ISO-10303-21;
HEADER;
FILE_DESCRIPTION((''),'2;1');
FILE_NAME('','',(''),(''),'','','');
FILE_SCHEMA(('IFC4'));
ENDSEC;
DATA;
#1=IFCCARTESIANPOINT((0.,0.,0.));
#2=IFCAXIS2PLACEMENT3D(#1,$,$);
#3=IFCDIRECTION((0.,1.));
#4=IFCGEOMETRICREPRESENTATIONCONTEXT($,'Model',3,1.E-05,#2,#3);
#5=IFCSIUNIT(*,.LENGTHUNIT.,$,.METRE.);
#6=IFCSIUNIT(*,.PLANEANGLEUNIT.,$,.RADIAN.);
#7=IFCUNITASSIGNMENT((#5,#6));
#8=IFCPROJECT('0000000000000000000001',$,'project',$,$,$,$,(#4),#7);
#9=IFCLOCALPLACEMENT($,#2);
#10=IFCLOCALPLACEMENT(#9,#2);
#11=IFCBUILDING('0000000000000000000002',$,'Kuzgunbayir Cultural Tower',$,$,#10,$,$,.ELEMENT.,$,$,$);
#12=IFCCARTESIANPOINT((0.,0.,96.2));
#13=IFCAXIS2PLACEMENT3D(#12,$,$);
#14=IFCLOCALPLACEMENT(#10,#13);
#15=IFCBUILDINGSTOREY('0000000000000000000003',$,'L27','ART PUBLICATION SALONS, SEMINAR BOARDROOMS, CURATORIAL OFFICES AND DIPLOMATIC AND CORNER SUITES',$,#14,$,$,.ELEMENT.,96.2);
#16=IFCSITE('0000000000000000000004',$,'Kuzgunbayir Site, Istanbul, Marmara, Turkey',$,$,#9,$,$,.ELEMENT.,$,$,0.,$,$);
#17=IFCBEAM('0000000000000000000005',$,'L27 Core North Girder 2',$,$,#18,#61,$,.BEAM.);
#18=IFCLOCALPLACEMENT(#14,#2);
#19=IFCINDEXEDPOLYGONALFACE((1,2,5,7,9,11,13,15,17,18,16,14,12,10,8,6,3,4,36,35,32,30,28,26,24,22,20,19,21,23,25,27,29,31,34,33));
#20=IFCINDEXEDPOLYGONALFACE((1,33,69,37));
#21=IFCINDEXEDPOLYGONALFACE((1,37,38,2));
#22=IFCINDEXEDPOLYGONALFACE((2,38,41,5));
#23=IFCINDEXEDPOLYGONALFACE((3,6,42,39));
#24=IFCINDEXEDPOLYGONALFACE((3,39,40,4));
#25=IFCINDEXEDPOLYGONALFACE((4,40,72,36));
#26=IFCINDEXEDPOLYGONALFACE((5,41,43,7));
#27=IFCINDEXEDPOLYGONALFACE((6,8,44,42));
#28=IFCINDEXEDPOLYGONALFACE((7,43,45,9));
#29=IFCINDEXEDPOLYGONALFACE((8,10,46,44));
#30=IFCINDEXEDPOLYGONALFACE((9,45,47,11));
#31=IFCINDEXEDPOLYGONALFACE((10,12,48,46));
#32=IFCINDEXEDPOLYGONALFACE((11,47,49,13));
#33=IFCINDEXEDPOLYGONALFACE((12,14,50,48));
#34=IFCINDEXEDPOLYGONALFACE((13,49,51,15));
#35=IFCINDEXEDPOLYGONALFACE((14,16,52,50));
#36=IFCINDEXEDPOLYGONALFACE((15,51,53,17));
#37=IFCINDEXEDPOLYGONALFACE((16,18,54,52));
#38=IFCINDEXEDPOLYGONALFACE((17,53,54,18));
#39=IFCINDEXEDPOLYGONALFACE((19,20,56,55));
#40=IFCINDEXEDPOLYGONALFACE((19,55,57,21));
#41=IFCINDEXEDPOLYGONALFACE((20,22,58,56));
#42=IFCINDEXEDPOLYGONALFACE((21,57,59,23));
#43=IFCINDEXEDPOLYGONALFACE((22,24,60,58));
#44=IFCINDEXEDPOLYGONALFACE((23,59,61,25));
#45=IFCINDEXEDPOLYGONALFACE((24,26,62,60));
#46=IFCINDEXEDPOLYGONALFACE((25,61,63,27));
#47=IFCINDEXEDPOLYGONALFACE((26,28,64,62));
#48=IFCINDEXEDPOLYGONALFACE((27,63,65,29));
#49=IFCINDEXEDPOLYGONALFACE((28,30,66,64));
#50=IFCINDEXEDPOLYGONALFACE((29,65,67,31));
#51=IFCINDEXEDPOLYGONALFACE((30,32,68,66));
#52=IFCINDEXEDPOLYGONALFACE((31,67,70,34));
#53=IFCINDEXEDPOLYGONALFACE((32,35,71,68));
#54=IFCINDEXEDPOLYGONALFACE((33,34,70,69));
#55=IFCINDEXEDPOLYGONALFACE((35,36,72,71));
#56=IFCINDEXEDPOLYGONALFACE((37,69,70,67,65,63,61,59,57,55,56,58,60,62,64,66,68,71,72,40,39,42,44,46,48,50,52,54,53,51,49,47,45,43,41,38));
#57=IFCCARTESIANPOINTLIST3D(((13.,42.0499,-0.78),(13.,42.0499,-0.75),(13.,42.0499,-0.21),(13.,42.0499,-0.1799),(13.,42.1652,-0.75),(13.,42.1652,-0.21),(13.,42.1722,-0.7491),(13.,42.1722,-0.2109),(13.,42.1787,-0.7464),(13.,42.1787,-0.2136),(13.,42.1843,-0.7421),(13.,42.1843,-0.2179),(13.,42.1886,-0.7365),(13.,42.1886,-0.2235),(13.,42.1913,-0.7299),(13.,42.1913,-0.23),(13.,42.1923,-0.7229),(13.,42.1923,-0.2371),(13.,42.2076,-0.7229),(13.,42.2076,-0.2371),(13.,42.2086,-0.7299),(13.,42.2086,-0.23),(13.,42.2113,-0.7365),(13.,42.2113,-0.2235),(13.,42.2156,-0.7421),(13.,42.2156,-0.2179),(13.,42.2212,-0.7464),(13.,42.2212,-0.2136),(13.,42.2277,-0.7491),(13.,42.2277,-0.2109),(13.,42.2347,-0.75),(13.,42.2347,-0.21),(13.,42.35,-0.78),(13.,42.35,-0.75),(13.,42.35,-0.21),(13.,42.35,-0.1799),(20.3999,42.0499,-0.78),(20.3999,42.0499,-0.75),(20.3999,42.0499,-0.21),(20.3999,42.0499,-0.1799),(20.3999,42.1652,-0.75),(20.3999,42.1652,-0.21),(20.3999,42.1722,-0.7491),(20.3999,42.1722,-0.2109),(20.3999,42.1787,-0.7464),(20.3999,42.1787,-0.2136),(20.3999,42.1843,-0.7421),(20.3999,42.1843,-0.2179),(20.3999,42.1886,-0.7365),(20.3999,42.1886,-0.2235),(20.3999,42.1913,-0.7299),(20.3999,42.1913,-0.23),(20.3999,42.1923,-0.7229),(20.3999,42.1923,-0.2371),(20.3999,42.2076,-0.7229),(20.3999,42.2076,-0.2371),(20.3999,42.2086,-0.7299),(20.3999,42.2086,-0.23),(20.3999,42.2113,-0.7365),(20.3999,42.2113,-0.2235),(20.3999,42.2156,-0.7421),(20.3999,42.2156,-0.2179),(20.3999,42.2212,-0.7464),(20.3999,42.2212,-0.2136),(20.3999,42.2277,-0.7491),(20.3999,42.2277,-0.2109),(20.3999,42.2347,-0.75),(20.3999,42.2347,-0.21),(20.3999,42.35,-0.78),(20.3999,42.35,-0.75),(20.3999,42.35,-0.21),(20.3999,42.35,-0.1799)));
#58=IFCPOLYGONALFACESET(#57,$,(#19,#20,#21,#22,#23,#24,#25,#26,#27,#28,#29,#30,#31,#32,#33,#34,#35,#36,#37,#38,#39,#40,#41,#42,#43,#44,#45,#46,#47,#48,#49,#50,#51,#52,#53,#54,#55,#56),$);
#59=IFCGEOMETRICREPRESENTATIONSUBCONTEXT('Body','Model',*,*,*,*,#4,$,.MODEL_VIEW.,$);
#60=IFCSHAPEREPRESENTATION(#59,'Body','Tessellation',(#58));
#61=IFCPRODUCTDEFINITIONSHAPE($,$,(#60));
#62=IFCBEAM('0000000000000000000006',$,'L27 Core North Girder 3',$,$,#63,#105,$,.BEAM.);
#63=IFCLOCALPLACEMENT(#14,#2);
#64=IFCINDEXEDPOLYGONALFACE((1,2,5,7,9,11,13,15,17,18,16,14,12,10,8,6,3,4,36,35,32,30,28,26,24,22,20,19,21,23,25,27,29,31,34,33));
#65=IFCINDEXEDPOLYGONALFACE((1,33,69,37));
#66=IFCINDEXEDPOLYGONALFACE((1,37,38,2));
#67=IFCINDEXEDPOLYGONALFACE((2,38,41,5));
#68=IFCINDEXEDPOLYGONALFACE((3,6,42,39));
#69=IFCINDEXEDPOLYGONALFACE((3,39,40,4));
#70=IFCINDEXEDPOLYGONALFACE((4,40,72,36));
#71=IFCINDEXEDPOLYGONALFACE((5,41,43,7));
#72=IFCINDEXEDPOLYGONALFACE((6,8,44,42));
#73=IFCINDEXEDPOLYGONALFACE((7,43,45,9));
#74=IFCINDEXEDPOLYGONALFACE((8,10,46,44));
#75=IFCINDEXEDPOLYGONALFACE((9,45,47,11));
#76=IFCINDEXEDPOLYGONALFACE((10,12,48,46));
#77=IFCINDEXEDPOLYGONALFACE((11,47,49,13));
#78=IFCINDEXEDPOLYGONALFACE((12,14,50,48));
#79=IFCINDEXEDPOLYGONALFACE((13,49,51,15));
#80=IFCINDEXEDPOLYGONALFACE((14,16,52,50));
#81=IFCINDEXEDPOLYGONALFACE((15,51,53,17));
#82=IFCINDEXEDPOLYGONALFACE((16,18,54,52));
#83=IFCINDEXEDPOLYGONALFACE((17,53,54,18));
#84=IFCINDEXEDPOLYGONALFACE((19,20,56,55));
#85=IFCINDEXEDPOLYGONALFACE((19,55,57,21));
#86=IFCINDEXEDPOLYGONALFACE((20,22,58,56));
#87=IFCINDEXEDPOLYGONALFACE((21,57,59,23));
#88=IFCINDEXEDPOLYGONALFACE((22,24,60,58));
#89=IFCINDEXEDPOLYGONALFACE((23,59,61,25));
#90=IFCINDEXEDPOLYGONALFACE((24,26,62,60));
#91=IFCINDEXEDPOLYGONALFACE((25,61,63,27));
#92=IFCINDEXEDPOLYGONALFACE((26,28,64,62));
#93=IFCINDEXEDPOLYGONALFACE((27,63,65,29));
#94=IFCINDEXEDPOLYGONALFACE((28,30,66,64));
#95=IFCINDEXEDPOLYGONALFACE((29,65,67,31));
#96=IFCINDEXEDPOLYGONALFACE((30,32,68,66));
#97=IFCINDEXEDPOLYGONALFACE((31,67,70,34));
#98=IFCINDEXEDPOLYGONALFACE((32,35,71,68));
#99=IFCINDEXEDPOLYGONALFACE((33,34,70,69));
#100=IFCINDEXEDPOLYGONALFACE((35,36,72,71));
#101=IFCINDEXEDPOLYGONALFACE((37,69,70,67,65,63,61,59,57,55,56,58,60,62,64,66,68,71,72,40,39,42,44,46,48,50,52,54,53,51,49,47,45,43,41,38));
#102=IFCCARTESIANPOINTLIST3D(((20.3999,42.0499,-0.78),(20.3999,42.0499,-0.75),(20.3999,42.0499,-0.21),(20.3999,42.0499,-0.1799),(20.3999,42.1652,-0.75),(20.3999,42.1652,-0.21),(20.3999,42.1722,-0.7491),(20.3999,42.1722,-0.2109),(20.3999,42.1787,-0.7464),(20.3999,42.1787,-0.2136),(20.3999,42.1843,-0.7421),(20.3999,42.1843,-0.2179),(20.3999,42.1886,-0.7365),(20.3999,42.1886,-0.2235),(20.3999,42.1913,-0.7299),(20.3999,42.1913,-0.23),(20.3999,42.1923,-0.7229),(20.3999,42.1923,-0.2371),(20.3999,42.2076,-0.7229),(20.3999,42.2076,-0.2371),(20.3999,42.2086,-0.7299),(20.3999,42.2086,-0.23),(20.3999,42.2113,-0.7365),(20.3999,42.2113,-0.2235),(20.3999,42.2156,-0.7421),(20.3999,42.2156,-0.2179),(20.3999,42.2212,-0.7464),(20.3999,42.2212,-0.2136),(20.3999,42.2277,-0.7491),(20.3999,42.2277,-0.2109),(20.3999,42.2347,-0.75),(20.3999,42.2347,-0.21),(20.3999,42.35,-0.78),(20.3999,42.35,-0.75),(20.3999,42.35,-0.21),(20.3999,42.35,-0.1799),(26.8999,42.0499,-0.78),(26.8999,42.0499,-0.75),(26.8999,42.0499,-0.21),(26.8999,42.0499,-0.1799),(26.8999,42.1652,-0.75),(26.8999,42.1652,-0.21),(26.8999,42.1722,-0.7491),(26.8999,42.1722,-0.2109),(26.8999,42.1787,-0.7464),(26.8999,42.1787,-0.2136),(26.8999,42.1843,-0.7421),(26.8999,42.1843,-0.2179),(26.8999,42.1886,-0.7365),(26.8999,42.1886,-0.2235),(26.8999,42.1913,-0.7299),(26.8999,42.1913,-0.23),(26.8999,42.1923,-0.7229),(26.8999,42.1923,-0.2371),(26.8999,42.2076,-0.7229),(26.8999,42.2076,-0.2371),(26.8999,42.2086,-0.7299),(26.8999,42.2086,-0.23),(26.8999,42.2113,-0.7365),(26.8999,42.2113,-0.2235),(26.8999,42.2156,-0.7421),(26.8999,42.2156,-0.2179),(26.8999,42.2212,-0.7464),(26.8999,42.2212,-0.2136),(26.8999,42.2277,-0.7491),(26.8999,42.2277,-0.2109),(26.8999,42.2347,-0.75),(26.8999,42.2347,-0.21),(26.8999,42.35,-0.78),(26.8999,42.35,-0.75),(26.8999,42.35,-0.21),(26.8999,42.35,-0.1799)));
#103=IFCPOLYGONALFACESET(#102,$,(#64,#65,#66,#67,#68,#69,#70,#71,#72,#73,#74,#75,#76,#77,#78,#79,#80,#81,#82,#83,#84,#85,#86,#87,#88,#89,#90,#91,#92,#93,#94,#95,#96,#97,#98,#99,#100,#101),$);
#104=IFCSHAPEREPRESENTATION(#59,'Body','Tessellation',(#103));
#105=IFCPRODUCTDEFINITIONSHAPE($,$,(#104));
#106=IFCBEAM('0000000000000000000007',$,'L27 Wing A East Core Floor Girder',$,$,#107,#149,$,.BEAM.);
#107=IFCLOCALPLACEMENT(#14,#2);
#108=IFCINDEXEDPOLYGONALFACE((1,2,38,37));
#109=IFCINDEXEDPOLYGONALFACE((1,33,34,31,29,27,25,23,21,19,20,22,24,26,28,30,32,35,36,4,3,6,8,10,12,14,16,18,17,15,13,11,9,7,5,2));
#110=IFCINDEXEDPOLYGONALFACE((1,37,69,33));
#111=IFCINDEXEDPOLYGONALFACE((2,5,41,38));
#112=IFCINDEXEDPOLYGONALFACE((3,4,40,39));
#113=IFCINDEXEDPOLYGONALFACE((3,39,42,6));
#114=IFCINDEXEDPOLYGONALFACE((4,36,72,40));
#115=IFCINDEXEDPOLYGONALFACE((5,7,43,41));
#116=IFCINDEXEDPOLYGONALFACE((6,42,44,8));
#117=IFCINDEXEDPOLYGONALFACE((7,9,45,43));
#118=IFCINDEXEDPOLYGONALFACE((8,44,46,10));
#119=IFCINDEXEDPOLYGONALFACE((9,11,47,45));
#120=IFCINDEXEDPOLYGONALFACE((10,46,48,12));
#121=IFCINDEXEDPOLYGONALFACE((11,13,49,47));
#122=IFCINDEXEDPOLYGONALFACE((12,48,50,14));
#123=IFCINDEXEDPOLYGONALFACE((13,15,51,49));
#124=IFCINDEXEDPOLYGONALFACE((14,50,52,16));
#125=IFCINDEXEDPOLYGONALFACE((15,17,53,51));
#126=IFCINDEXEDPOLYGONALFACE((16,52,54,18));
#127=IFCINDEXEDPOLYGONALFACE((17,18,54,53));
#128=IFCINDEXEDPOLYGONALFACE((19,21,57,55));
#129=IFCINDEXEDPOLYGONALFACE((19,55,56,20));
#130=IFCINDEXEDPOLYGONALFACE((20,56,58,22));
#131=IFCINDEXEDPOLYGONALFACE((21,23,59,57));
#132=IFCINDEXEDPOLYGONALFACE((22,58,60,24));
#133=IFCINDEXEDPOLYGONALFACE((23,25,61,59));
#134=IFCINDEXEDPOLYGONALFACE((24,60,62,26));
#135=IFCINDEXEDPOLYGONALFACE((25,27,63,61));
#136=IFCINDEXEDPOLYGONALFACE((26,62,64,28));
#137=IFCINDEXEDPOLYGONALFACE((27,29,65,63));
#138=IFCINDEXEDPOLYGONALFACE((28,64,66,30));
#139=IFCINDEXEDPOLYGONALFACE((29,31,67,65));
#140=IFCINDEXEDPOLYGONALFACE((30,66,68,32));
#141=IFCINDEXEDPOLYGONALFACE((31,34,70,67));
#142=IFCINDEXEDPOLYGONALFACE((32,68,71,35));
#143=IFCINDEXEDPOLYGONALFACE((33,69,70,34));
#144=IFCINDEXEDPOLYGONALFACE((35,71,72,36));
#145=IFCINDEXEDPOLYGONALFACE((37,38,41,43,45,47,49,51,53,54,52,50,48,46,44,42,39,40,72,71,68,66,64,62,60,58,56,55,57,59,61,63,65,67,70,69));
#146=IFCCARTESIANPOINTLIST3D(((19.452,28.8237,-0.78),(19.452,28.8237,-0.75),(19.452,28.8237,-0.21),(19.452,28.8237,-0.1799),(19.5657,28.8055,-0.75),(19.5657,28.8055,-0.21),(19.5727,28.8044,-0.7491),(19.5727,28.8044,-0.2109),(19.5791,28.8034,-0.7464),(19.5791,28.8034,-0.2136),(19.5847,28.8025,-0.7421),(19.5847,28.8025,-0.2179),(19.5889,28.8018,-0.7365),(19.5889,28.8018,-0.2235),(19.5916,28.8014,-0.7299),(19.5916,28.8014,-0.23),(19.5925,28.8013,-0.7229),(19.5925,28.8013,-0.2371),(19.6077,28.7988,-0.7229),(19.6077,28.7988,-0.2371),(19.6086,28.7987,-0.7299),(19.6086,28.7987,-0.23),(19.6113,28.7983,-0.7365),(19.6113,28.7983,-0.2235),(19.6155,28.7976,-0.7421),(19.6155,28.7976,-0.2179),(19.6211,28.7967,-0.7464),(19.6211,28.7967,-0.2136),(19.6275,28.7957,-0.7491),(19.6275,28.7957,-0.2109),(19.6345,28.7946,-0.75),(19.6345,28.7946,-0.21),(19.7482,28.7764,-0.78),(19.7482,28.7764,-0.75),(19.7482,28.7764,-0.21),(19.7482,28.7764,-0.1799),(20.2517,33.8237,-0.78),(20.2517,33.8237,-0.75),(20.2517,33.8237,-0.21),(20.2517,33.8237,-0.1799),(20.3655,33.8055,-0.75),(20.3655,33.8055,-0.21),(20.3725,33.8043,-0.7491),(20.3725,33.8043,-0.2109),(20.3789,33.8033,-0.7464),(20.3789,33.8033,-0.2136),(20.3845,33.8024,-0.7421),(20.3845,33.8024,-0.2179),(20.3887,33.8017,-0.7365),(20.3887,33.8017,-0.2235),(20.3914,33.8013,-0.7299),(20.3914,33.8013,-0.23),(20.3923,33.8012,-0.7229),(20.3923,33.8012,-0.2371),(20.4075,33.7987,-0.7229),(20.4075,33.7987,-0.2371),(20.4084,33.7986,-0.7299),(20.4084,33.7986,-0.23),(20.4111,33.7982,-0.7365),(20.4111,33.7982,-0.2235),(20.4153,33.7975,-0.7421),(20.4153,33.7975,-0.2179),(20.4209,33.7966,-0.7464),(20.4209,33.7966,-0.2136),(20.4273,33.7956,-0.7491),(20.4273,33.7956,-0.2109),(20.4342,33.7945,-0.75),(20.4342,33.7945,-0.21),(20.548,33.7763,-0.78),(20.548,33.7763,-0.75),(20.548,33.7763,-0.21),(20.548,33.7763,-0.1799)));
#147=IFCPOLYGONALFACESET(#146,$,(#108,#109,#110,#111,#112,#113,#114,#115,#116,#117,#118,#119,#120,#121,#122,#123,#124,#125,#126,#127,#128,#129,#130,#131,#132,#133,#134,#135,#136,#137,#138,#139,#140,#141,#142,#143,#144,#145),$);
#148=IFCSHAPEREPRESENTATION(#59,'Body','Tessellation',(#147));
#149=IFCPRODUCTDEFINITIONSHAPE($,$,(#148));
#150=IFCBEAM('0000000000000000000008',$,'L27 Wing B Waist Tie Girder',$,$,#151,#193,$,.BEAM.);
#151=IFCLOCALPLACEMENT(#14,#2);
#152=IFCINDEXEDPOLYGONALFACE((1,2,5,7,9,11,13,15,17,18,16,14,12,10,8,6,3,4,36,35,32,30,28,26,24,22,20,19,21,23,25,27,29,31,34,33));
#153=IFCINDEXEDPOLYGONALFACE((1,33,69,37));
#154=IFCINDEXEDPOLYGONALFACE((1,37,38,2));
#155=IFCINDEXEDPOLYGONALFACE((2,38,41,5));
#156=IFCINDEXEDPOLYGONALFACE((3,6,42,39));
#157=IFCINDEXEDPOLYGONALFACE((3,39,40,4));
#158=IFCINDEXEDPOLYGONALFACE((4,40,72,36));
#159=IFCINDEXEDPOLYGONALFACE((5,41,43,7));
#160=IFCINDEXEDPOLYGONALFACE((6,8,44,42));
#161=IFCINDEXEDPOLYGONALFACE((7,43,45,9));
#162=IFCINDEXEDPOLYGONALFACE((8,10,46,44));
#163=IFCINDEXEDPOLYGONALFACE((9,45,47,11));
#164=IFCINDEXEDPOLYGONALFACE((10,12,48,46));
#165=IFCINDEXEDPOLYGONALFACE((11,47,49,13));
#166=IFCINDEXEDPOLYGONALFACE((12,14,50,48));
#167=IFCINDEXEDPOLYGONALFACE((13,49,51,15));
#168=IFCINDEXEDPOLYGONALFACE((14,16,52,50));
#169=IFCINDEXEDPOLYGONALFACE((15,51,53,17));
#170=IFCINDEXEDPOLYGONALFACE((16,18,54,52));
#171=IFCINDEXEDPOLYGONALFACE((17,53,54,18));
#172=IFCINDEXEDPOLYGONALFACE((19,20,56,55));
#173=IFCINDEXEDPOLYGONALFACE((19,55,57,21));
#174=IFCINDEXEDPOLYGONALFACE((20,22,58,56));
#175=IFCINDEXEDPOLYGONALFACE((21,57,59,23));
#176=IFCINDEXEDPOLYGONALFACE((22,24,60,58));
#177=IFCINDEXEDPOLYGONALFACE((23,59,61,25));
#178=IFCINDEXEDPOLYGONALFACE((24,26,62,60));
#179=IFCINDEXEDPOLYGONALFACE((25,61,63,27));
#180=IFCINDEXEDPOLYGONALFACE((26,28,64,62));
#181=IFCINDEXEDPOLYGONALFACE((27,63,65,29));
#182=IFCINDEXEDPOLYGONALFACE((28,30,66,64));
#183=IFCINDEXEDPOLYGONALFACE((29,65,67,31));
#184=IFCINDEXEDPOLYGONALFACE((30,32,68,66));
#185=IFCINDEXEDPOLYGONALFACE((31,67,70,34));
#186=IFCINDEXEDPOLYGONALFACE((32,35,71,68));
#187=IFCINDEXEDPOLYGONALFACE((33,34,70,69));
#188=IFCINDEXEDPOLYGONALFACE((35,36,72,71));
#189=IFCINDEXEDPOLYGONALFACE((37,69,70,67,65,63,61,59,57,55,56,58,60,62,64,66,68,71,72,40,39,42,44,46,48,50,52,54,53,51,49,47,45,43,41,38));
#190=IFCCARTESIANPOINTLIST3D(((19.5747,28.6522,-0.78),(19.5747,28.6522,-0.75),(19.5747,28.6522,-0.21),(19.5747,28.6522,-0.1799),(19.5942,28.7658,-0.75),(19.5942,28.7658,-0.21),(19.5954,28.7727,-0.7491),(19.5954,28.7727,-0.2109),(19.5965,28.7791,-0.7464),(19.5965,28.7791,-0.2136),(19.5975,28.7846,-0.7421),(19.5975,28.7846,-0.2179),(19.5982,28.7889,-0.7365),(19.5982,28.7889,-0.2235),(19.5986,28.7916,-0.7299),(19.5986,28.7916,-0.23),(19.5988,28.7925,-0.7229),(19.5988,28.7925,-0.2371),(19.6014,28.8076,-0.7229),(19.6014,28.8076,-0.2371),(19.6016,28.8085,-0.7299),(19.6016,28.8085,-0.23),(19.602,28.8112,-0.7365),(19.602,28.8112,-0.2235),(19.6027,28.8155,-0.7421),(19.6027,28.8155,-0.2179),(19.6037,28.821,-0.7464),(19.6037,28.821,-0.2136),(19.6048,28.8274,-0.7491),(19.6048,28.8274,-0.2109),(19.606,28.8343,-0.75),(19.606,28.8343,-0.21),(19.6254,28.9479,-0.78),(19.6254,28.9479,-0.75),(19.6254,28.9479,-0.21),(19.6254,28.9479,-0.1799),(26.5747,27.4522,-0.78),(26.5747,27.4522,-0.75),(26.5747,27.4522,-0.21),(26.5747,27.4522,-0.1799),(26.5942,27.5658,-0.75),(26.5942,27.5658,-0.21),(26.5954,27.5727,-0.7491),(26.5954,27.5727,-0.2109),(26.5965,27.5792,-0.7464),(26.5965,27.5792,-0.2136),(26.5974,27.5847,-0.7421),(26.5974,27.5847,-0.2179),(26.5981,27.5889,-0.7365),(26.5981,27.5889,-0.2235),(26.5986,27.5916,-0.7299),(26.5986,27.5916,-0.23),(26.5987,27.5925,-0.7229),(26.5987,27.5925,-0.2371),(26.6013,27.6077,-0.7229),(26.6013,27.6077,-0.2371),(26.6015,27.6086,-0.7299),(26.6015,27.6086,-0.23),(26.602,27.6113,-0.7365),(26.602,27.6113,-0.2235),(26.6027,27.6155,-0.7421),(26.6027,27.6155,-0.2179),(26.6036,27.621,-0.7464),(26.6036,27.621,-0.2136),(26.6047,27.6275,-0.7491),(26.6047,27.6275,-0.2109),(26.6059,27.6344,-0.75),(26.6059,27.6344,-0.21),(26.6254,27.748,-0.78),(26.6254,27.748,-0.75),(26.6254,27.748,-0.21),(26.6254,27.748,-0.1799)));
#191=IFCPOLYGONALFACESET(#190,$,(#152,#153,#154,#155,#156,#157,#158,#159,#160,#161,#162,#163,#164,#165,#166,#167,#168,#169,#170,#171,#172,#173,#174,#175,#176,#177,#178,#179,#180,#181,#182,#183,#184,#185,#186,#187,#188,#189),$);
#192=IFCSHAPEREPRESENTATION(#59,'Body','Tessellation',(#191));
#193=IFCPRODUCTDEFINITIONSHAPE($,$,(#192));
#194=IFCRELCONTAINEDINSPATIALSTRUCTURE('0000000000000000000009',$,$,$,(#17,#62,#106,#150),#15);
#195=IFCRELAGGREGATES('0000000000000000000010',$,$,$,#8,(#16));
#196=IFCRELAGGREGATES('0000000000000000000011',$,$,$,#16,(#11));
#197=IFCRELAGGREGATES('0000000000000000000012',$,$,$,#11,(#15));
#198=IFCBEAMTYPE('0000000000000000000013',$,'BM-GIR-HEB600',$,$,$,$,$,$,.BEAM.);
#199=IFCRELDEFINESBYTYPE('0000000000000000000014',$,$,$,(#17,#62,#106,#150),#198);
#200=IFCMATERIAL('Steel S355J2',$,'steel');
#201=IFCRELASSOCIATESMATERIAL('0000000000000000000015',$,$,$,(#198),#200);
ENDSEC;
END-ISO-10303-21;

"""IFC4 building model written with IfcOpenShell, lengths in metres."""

from ifc_helpers import new_model, si_unit, direction, frame, origin, origin_2d, place, context, subcontext, project, spatial, i_section, extrude, material, material_profile, profile_set, type_object, element, save


model = new_model("IFC4")

# Units and contexts
model_context = context("Model", 3, precision=1e-05, world=origin(), true_north=direction((0.0, 1.0)))
body_context = subcontext(model_context, "Body", "Model", "MODEL_VIEW")
ifc_project = project(units=[si_unit("LENGTHUNIT", "METRE"), si_unit("PLANEANGLEUNIT", "RADIAN")], contexts=[model_context])

# Site, building, storey
site_placement = place(None, origin())
site = spatial("IfcSite", under=ifc_project, at=site_placement, Name="Kuzgunbayir Site, Istanbul, Marmara, Turkey", CompositionType="ELEMENT", RefElevation=0.0)
building_placement = place(site_placement, origin())
building = spatial("IfcBuilding", under=site, at=building_placement, Name="Kuzgunbayir Cultural Tower", CompositionType="ELEMENT")
storey_placement = place(building_placement, frame((0.0, 0.0, 96.2)))
storey = spatial("IfcBuildingStorey", under=building, at=storey_placement, Name="L27", Description="ART PUBLICATION SALONS, SEMINAR BOARDROOMS, CURATORIAL OFFICES AND DIPLOMATIC AND CORNER SUITES", CompositionType="ELEMENT", Elevation=96.2)

# Beams
ifc_material_1 = material(Name="Steel S355J2", Category="steel")
ifc_material_profile_1 = material_profile(ifc_material_1, i_section(OverallWidth=0.3, OverallDepth=0.6001, WebThickness=0.0154, FlangeThickness=0.03, FilletRadius=0.0271, at=origin_2d()), Name="HEB 600")
ifc_profile_set_1 = profile_set([ifc_material_profile_1], Name="Steel S355J2")
beam_type = type_object("IfcBeamType", Name="BM-GIR-HEB600", PredefinedType="BEAM", material=ifc_profile_set_1)
beam_1_placement = place(storey_placement, frame((13.0, 42.2, -0.48), z_axis=(1.0, 0.0, 0.0), x_axis=(0.0, 1.0, 0.0)))
element("IfcBeam", 1, at=beam_1_placement, inside=storey, type_object=beam_type, Name="L27 Core North Girder 2", PredefinedType="BEAM", context=body_context, shape_type="SweptSolid", body=[
    extrude(i_section(OverallWidth=0.3, OverallDepth=0.6001, WebThickness=0.0154, FlangeThickness=0.03, FilletRadius=0.0271, at=origin_2d()), origin(), (0.0, 0.0, 1.0), 7.3999),
])
beam_2_placement = place(storey_placement, frame((20.3999, 42.2, -0.48), z_axis=(1.0, 0.0, 0.0), x_axis=(0.0, 1.0, 0.0)))
element("IfcBeam", 2, at=beam_2_placement, inside=storey, type_object=beam_type, Name="L27 Core North Girder 3", PredefinedType="BEAM", context=body_context, shape_type="SweptSolid", body=[
    extrude(i_section(OverallWidth=0.3, OverallDepth=0.6001, WebThickness=0.0154, FlangeThickness=0.03, FilletRadius=0.0271, at=origin_2d()), origin(), (0.0, 0.0, 1.0), 6.5),
])
beam_3_placement = place(storey_placement, frame((19.6001, 28.8, -0.48), z_axis=(0.157953, 0.987447, 0.0), x_axis=(-0.987447, 0.157953, 0.0)))
element("IfcBeam", 3, at=beam_3_placement, inside=storey, type_object=beam_type, Name="L27 Wing A East Core Floor Girder", PredefinedType="BEAM", context=body_context, shape_type="SweptSolid", body=[
    extrude(i_section(OverallWidth=0.3, OverallDepth=0.6001, WebThickness=0.0154, FlangeThickness=0.03, FilletRadius=0.0271, at=origin_2d()), origin(), (0.0, 0.0, 1.0), 5.0635),
])
beam_4_placement = place(storey_placement, frame((19.6001, 28.8, -0.48), z_axis=(0.985623, -0.168957, 0.0), x_axis=(0.168957, 0.985623, 0.0)))
element("IfcBeam", 4, at=beam_4_placement, inside=storey, type_object=beam_type, Name="L27 Wing B Waist Tie Girder", PredefinedType="BEAM", context=body_context, shape_type="SweptSolid", body=[
    extrude(i_section(OverallWidth=0.3, OverallDepth=0.6001, WebThickness=0.0154, FlangeThickness=0.03, FilletRadius=0.0271, at=origin_2d()), origin(), (0.0, 0.0, 1.0), 7.1021),
])

save(model, "model.ifc")
